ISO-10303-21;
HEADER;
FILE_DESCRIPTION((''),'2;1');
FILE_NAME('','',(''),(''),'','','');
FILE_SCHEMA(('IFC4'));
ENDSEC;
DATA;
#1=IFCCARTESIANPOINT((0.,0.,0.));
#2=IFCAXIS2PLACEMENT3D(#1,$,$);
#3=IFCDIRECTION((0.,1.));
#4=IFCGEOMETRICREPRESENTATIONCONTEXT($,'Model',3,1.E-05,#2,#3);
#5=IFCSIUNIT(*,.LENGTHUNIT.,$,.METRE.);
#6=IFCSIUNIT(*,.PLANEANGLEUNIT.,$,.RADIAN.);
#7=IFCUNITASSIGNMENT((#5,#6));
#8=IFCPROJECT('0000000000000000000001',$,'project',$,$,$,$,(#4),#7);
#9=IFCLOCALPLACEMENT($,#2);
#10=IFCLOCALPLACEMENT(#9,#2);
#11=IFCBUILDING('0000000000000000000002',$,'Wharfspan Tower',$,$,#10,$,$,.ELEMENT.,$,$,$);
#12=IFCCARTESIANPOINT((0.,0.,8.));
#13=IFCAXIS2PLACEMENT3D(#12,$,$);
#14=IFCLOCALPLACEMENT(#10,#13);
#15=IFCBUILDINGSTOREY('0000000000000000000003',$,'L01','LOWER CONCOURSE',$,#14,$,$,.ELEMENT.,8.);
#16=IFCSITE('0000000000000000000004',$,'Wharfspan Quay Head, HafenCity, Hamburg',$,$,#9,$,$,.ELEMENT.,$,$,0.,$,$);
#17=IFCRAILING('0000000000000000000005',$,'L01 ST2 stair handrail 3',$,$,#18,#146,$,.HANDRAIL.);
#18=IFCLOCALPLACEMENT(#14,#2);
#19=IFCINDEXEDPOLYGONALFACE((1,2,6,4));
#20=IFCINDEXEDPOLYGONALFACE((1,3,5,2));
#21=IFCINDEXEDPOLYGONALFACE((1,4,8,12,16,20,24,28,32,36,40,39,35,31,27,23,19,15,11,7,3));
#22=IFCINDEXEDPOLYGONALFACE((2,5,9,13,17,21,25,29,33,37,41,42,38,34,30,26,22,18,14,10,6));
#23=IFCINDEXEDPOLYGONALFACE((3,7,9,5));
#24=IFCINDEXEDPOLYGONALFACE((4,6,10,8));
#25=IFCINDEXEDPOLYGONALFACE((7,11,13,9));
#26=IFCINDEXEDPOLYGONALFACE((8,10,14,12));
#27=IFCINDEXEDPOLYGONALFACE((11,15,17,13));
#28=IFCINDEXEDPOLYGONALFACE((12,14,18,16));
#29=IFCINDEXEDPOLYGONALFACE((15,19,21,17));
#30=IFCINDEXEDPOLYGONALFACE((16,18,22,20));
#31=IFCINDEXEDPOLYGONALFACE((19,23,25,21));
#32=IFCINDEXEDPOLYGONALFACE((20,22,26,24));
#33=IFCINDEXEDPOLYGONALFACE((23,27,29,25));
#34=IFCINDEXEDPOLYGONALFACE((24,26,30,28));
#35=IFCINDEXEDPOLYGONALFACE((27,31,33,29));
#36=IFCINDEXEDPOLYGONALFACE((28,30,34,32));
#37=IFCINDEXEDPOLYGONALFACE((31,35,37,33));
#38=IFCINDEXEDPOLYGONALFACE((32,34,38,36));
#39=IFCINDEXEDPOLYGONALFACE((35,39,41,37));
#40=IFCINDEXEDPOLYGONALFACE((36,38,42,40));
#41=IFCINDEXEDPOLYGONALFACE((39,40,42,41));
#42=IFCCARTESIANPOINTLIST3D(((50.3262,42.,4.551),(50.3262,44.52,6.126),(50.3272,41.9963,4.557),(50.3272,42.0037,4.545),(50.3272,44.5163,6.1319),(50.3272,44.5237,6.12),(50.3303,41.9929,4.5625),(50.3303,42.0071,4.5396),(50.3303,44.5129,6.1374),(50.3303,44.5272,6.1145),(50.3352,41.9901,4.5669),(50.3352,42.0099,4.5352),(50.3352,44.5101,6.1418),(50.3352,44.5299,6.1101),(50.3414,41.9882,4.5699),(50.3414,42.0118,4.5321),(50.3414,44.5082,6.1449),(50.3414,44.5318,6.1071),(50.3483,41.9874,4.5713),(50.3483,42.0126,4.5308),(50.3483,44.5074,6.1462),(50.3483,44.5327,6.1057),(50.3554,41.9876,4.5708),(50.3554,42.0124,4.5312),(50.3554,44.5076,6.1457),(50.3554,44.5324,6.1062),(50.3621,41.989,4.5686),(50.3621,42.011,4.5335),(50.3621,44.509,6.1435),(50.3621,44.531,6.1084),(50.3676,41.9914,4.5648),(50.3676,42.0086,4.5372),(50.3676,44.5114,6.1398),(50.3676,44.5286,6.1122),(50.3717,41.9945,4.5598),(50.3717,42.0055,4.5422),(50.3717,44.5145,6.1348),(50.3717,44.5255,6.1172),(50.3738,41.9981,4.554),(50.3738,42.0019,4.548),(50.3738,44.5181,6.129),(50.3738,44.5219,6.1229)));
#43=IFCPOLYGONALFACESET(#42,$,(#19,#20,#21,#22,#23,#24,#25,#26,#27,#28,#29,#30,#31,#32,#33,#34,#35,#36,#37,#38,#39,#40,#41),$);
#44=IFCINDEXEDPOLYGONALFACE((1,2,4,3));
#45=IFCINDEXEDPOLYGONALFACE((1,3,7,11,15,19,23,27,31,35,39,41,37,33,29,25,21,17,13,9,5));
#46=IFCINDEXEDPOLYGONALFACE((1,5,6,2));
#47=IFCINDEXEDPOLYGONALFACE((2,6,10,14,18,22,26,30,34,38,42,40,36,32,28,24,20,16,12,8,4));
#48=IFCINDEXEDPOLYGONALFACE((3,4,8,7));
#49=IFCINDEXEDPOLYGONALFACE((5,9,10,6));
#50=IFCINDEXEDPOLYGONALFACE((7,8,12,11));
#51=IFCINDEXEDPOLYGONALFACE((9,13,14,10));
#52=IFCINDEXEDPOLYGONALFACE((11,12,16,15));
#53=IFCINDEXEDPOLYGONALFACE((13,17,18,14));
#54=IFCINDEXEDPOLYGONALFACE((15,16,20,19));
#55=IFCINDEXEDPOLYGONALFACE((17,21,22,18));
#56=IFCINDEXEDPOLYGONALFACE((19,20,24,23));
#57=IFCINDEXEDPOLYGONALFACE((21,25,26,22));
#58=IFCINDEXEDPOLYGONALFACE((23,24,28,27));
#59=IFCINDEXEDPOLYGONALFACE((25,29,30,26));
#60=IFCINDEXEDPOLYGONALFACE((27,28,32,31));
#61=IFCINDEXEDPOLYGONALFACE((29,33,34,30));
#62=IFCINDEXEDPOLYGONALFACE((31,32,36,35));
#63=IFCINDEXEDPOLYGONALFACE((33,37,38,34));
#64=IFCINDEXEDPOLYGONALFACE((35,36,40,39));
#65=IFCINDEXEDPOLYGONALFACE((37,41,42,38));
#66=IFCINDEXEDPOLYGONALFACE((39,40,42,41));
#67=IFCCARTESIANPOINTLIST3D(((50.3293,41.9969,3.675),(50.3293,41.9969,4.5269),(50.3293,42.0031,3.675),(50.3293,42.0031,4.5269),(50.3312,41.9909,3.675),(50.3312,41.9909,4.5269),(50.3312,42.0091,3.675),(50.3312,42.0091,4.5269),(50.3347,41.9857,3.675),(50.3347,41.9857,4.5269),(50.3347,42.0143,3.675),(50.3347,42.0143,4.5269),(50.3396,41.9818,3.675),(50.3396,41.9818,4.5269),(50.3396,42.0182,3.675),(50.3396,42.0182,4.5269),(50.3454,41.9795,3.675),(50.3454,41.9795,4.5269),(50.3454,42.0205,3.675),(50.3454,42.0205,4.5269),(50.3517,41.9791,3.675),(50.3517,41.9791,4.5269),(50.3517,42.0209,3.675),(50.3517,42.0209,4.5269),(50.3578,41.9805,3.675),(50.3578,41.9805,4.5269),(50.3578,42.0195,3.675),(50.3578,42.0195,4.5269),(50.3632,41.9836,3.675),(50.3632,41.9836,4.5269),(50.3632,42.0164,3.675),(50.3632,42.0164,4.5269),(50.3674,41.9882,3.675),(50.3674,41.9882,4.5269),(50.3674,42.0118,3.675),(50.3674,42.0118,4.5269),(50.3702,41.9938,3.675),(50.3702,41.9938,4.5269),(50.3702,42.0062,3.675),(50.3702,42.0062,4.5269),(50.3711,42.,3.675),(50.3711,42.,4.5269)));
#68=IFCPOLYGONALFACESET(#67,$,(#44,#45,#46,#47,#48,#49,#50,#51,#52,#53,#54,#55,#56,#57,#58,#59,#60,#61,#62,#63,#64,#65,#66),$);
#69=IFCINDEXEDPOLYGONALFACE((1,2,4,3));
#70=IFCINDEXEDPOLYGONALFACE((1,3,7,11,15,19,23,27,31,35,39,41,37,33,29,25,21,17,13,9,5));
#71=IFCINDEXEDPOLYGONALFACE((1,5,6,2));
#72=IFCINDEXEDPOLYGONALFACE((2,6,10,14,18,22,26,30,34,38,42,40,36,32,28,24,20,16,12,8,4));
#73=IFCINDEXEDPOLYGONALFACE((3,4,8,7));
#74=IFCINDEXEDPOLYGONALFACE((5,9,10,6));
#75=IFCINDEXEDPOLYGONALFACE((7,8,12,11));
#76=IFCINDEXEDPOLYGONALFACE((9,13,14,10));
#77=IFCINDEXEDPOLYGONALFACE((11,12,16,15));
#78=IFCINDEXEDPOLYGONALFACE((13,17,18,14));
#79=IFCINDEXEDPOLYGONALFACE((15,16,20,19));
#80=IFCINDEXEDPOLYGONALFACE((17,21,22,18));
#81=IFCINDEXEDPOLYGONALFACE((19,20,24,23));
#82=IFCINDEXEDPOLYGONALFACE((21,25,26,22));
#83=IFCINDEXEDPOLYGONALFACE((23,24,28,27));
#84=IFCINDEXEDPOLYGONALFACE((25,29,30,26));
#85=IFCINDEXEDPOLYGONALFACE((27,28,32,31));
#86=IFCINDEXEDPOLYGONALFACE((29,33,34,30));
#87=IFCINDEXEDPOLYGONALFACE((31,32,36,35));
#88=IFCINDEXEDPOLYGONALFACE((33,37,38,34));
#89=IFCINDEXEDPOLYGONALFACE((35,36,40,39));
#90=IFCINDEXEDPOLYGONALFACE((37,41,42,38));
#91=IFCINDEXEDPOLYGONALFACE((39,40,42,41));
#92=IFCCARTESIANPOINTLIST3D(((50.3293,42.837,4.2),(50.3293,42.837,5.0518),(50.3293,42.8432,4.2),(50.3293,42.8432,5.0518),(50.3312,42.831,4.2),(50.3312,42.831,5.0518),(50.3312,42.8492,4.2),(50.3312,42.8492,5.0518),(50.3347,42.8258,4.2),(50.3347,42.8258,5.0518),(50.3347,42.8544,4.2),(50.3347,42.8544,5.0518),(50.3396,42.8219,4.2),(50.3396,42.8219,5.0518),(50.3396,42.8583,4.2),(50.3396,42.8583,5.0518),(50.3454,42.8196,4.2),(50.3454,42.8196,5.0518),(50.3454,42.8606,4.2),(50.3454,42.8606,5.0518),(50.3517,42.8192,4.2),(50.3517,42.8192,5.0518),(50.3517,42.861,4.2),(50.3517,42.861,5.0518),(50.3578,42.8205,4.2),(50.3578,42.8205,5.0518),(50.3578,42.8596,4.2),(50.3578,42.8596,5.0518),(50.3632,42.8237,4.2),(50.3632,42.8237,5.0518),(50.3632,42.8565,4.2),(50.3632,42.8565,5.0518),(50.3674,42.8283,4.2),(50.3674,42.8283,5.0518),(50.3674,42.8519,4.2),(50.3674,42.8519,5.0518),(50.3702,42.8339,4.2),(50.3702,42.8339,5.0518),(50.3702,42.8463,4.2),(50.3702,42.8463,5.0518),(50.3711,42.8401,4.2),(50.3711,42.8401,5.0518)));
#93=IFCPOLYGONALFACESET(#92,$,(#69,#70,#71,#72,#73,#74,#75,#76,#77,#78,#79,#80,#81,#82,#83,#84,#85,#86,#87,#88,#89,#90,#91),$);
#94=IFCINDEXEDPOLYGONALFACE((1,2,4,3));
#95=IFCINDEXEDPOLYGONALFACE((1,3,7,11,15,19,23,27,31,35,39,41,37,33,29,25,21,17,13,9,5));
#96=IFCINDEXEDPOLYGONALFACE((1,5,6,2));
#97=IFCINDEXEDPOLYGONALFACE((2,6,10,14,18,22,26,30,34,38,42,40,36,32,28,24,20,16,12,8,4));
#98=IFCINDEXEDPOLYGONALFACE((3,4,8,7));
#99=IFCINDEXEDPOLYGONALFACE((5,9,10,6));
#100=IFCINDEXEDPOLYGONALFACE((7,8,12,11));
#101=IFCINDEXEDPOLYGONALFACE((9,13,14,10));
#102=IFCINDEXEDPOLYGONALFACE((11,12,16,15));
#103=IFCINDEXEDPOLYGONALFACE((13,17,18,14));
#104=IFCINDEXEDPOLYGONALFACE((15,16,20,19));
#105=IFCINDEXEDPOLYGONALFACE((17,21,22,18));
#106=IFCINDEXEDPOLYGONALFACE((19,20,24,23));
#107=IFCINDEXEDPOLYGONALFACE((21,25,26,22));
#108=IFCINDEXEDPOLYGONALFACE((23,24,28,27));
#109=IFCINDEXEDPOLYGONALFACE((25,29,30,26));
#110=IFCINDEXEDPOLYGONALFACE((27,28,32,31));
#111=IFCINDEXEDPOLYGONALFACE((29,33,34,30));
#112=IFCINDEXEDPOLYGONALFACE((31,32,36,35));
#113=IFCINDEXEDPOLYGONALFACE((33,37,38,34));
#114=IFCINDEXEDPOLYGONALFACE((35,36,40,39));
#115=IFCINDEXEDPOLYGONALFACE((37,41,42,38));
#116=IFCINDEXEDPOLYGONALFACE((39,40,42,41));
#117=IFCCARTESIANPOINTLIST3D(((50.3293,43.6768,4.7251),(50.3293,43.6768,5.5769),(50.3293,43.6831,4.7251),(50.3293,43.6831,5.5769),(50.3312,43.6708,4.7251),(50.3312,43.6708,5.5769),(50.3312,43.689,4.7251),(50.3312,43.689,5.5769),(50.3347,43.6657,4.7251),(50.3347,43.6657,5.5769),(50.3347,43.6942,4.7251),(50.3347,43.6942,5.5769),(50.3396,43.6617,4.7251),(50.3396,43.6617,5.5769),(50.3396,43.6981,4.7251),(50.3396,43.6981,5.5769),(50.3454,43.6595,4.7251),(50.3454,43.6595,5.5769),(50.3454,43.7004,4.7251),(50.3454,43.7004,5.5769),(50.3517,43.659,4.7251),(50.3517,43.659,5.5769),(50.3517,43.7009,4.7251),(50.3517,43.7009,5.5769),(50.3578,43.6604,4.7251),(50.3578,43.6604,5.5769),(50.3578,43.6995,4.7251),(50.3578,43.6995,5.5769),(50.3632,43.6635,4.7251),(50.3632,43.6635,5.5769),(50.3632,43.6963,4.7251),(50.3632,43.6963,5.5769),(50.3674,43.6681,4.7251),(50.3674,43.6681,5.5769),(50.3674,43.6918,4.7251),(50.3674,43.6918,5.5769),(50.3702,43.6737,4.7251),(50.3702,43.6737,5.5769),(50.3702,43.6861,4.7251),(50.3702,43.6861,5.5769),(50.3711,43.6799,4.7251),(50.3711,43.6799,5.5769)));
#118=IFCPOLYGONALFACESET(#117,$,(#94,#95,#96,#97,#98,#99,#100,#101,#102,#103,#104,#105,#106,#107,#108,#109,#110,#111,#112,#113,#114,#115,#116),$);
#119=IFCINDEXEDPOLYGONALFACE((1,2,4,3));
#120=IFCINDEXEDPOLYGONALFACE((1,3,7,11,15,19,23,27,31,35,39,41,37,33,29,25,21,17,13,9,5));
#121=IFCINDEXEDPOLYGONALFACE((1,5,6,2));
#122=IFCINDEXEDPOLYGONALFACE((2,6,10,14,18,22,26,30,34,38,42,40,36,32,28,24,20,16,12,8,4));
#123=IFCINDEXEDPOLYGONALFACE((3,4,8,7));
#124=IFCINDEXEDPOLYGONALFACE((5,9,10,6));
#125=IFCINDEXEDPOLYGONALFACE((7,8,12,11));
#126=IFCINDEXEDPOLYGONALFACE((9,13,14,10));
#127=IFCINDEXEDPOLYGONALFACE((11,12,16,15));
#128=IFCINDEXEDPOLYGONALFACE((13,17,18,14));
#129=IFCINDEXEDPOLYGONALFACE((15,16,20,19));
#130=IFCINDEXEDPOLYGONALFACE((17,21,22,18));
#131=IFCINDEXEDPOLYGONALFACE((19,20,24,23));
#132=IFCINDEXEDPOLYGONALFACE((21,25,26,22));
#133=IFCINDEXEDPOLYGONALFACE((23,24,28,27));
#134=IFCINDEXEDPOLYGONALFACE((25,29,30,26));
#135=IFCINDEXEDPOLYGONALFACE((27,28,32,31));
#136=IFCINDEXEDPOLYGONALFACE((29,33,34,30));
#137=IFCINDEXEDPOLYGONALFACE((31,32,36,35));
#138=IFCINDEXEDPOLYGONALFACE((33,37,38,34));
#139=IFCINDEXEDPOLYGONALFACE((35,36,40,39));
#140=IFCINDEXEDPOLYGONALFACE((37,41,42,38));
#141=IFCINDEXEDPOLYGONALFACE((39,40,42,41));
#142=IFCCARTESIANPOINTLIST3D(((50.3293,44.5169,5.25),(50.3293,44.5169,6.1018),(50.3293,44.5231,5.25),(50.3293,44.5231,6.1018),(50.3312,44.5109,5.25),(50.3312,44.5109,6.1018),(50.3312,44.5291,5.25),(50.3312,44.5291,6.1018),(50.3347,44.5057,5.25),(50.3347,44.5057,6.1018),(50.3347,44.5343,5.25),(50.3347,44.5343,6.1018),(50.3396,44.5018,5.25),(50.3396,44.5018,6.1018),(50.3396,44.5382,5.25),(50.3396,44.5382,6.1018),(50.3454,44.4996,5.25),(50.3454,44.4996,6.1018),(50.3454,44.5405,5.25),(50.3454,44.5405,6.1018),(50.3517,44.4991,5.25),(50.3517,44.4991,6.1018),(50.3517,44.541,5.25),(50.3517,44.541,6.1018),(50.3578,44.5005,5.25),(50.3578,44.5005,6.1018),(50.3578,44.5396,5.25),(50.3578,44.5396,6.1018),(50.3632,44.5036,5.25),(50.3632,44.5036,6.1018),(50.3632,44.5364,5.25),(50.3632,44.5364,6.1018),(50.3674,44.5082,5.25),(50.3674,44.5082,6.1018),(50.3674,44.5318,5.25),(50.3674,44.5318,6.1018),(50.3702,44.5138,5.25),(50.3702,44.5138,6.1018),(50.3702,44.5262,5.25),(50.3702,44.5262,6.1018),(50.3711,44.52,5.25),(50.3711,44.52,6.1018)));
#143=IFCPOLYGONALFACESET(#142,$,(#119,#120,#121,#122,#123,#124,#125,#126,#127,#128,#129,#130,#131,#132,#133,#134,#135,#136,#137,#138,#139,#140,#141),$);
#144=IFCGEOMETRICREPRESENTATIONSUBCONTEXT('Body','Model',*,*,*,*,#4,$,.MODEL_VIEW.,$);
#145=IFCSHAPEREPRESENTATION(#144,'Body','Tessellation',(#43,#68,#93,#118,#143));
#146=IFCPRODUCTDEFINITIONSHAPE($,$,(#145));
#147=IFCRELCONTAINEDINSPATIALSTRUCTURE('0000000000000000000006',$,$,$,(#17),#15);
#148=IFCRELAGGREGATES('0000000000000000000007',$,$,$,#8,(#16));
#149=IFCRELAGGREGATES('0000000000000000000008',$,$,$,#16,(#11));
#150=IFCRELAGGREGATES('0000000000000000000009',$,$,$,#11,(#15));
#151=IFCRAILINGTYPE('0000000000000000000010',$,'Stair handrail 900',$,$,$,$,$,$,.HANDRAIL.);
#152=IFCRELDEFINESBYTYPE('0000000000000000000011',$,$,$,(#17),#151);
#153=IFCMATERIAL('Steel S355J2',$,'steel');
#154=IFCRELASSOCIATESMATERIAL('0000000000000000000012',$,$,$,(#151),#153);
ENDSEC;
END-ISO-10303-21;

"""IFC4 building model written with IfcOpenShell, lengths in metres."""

from ifc_helpers import new_model, si_unit, direction, frame, origin, origin_2d, place, context, subcontext, project, spatial, circle, extrude, material, type_object, element, save


model = new_model("IFC4")

# Units and contexts
model_context = context("Model", 3, precision=1e-05, world=origin(), true_north=direction((0.0, 1.0)))
body_context = subcontext(model_context, "Body", "Model", "MODEL_VIEW")
ifc_project = project(units=[si_unit("LENGTHUNIT", "METRE"), si_unit("PLANEANGLEUNIT", "RADIAN")], contexts=[model_context])

# Site, building, storey
site_placement = place(None, origin())
site = spatial("IfcSite", under=ifc_project, at=site_placement, Name="Wharfspan Quay Head, HafenCity, Hamburg", CompositionType="ELEMENT", RefElevation=0.0)
building_placement = place(site_placement, origin())
building = spatial("IfcBuilding", under=site, at=building_placement, Name="Wharfspan Tower", CompositionType="ELEMENT")
storey_placement = place(building_placement, frame((0.0, 0.0, 8.0)))
storey = spatial("IfcBuildingStorey", under=building, at=storey_placement, Name="L01", Description="LOWER CONCOURSE", CompositionType="ELEMENT", Elevation=8.0)

# Railing
ifc_material_1 = material(Name="Steel S355J2", Category="steel")
railing_type_1 = type_object("IfcRailingType", Name="Stair handrail 900", PredefinedType="HANDRAIL", material=ifc_material_1)
for number, where, name in (
    (1, (50.3501, 42.0, 3.675), "L01 ST2 stair handrail 3"),
):
    element("IfcRailing", number, at=place(storey_placement, frame(where)), inside=storey, type_object=railing_type_1, Name=name, PredefinedType="HANDRAIL", context=body_context, shape_type="SweptSolid", body=[
        extrude(circle(Radius=0.0239, at=origin_2d()), frame((0.0, 0.0, 0.876), z_axis=(0.0, 0.848008, 0.529984), x_axis=(-1.0, 0.0, 0.0)), (0.0, 0.0, 1.0), 2.9717),
        extrude(circle(Radius=0.021, at=origin_2d()), origin(), (0.0, 0.0, 1.0), 0.8518),
        extrude(circle(Radius=0.021, at=origin_2d()), frame((0.0, 0.8401, 0.5249)), (0.0, 0.0, 1.0), 0.8518),
        extrude(circle(Radius=0.021, at=origin_2d()), frame((0.0, 1.6799, 1.05)), (0.0, 0.0, 1.0), 0.8518),
        extrude(circle(Radius=0.021, at=origin_2d()), frame((0.0, 2.52, 1.575)), (0.0, 0.0, 1.0), 0.8518),
    ])

save(model, "model.ifc")
